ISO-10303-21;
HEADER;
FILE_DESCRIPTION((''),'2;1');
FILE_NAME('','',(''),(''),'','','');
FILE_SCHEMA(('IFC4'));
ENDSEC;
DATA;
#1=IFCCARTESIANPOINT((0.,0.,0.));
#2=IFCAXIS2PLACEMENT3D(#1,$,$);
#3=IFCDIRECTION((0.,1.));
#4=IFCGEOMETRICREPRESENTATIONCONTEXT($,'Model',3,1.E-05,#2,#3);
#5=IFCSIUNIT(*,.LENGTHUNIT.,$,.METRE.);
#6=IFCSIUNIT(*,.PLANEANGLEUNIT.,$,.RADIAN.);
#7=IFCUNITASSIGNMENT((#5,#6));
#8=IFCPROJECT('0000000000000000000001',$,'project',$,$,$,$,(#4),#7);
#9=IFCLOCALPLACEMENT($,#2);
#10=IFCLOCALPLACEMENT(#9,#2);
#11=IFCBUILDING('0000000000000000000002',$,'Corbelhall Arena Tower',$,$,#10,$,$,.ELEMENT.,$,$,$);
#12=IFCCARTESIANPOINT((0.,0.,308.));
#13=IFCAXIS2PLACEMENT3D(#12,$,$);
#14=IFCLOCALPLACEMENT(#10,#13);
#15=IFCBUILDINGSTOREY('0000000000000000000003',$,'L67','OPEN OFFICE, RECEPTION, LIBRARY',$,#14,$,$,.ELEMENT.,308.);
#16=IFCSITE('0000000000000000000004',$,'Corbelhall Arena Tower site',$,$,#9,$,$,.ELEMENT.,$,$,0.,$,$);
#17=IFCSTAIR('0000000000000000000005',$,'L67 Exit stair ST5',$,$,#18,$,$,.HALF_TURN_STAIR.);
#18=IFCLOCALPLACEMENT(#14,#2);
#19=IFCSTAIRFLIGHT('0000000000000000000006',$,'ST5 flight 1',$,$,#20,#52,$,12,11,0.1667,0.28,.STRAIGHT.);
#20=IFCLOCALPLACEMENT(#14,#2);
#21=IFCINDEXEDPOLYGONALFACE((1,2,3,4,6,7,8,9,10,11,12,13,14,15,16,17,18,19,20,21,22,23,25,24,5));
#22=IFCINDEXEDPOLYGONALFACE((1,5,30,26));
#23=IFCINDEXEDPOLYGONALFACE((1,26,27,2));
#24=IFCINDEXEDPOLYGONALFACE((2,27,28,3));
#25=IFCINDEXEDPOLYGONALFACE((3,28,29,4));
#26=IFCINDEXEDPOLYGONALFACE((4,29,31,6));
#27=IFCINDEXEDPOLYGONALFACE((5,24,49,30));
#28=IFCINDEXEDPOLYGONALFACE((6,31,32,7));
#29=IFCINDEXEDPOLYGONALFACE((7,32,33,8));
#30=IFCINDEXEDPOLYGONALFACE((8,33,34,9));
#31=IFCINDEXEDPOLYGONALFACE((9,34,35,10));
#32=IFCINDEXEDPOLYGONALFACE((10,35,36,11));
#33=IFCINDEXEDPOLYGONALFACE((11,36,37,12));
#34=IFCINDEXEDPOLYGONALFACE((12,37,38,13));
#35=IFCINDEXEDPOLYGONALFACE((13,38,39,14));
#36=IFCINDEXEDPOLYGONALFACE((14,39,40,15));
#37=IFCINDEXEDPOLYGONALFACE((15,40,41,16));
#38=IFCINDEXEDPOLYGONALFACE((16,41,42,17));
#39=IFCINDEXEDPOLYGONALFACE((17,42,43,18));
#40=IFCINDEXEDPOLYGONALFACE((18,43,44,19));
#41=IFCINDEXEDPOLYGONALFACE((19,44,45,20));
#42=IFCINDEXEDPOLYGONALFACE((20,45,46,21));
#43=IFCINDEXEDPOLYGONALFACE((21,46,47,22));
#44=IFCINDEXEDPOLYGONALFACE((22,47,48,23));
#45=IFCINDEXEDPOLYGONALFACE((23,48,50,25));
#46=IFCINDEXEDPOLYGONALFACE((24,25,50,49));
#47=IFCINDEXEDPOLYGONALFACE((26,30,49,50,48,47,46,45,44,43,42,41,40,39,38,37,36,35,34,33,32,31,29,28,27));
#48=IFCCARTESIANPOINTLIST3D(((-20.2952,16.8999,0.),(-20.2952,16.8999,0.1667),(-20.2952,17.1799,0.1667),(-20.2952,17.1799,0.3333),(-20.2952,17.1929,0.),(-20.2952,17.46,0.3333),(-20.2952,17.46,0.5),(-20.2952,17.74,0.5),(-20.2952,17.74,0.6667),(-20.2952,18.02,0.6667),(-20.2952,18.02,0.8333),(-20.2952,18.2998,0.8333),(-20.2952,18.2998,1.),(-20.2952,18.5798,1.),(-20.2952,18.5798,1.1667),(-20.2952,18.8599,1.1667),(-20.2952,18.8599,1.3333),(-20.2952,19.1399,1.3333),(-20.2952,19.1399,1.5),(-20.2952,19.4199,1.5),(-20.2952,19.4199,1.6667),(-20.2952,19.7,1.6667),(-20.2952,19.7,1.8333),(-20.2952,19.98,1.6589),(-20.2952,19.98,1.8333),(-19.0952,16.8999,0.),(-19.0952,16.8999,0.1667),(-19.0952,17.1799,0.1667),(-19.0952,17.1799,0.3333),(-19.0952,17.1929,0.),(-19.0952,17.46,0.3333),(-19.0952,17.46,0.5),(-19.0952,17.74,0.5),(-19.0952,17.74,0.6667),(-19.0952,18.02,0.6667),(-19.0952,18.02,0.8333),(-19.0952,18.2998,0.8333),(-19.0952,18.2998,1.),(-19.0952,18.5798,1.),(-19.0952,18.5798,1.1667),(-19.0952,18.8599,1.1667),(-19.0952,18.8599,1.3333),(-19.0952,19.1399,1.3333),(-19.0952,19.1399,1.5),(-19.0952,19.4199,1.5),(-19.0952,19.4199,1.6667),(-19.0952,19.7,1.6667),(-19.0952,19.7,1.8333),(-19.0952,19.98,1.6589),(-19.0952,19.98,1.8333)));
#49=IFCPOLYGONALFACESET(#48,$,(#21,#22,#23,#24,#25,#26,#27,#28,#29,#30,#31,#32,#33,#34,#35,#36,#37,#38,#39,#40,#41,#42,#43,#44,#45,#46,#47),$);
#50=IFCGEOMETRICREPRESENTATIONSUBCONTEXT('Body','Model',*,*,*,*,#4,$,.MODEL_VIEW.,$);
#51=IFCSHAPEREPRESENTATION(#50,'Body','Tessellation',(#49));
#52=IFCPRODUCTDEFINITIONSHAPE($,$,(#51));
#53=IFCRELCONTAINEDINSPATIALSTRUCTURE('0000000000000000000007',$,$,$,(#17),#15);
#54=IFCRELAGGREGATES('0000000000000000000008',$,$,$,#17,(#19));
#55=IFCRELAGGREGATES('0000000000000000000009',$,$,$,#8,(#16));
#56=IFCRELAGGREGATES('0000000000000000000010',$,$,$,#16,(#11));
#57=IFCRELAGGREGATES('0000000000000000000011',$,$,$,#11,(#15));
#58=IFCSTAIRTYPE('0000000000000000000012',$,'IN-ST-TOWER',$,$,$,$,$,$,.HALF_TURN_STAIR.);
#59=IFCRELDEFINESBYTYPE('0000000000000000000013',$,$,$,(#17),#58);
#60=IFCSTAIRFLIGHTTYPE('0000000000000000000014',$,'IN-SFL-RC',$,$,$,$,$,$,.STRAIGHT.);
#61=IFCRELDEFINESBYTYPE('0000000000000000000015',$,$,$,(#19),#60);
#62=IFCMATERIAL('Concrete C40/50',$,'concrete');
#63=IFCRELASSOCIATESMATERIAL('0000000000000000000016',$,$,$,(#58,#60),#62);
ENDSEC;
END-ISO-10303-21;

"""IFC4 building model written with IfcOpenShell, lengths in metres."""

from ifc_helpers import new_model, si_unit, direction, frame, origin, place, context, subcontext, project, spatial, polyline, outline, extrude, material, type_object, element, aggregate, save


model = new_model("IFC4")

# Units and contexts
model_context = context("Model", 3, precision=1e-05, world=origin(), true_north=direction((0.0, 1.0)))
body_context = subcontext(model_context, "Body", "Model", "MODEL_VIEW")
ifc_project = project(units=[si_unit("LENGTHUNIT", "METRE"), si_unit("PLANEANGLEUNIT", "RADIAN")], contexts=[model_context])

# Site, building, storey
site_placement = place(None, origin())
site = spatial("IfcSite", under=ifc_project, at=site_placement, Name="Corbelhall Arena Tower site", CompositionType="ELEMENT", RefElevation=0.0)
building_placement = place(site_placement, origin())
building = spatial("IfcBuilding", under=site, at=building_placement, Name="Corbelhall Arena Tower", CompositionType="ELEMENT")
storey_placement = place(building_placement, frame((0.0, 0.0, 308.0)))
storey = spatial("IfcBuildingStorey", under=building, at=storey_placement, Name="L67", Description="OPEN OFFICE, RECEPTION, LIBRARY", CompositionType="ELEMENT", Elevation=308.0)

# Shared definitions
ifc_material_1 = material(Name="Concrete C40/50", Category="concrete")

# Stair, stair flight
stair_type = type_object("IfcStairType", Name="IN-ST-TOWER", PredefinedType="HALF_TURN_STAIR", material=ifc_material_1)
stair_placement = place(storey_placement, origin())
stair = element("IfcStair", 1, at=stair_placement, inside=storey, type_object=stair_type, Name="L67 Exit stair ST5", PredefinedType="HALF_TURN_STAIR")
stair_flight_type = type_object("IfcStairFlightType", Name="IN-SFL-RC", PredefinedType="STRAIGHT", material=ifc_material_1)
stair_flight_placement = place(storey_placement, frame((-19.6951, 16.8999, 0.0), z_axis=(0.0, 0.0, 1.0), x_axis=(0.0, 1.0, 0.0)))
stair_flight = element("IfcStairFlight", 2, at=stair_flight_placement, type_object=stair_flight_type, Name="ST5 flight 1", NumberOfRisers=12, NumberOfTreads=11, PredefinedType="STRAIGHT", RiserHeight=0.1667, TreadLength=0.28, context=body_context, shape_type="SweptSolid", body=[
    extrude(outline(polyline([(0.0, 0.0), (0.0, 0.1667), (0.28, 0.1667), (0.28, 0.3333), (0.5601, 0.3333), (0.5601, 0.5), (0.8401, 0.5), (0.8401, 0.6667), (1.1201, 0.6667), (1.1201, 0.8333), (1.3999, 0.8333), (1.3999, 1.0), (1.6799, 1.0), (1.6799, 1.1667), (1.96, 1.1667), (1.96, 1.3333), (2.24, 1.3333), (2.24, 1.5), (2.52, 1.5), (2.52, 1.6667), (2.8, 1.6667), (2.8, 1.8333), (3.0801, 1.8333), (3.0801, 2.0), (3.0801, 1.6589), (0.293, 0.0), (0.0, 0.0)])), frame((0.0, 0.6001, 0.0), z_axis=(0.0, -1.0, 0.0), x_axis=(1.0, 0.0, 0.0)), (0.0, 0.0, 1.0), 1.2),
])
aggregate(stair, [stair_flight])

save(model, "model.ifc")
